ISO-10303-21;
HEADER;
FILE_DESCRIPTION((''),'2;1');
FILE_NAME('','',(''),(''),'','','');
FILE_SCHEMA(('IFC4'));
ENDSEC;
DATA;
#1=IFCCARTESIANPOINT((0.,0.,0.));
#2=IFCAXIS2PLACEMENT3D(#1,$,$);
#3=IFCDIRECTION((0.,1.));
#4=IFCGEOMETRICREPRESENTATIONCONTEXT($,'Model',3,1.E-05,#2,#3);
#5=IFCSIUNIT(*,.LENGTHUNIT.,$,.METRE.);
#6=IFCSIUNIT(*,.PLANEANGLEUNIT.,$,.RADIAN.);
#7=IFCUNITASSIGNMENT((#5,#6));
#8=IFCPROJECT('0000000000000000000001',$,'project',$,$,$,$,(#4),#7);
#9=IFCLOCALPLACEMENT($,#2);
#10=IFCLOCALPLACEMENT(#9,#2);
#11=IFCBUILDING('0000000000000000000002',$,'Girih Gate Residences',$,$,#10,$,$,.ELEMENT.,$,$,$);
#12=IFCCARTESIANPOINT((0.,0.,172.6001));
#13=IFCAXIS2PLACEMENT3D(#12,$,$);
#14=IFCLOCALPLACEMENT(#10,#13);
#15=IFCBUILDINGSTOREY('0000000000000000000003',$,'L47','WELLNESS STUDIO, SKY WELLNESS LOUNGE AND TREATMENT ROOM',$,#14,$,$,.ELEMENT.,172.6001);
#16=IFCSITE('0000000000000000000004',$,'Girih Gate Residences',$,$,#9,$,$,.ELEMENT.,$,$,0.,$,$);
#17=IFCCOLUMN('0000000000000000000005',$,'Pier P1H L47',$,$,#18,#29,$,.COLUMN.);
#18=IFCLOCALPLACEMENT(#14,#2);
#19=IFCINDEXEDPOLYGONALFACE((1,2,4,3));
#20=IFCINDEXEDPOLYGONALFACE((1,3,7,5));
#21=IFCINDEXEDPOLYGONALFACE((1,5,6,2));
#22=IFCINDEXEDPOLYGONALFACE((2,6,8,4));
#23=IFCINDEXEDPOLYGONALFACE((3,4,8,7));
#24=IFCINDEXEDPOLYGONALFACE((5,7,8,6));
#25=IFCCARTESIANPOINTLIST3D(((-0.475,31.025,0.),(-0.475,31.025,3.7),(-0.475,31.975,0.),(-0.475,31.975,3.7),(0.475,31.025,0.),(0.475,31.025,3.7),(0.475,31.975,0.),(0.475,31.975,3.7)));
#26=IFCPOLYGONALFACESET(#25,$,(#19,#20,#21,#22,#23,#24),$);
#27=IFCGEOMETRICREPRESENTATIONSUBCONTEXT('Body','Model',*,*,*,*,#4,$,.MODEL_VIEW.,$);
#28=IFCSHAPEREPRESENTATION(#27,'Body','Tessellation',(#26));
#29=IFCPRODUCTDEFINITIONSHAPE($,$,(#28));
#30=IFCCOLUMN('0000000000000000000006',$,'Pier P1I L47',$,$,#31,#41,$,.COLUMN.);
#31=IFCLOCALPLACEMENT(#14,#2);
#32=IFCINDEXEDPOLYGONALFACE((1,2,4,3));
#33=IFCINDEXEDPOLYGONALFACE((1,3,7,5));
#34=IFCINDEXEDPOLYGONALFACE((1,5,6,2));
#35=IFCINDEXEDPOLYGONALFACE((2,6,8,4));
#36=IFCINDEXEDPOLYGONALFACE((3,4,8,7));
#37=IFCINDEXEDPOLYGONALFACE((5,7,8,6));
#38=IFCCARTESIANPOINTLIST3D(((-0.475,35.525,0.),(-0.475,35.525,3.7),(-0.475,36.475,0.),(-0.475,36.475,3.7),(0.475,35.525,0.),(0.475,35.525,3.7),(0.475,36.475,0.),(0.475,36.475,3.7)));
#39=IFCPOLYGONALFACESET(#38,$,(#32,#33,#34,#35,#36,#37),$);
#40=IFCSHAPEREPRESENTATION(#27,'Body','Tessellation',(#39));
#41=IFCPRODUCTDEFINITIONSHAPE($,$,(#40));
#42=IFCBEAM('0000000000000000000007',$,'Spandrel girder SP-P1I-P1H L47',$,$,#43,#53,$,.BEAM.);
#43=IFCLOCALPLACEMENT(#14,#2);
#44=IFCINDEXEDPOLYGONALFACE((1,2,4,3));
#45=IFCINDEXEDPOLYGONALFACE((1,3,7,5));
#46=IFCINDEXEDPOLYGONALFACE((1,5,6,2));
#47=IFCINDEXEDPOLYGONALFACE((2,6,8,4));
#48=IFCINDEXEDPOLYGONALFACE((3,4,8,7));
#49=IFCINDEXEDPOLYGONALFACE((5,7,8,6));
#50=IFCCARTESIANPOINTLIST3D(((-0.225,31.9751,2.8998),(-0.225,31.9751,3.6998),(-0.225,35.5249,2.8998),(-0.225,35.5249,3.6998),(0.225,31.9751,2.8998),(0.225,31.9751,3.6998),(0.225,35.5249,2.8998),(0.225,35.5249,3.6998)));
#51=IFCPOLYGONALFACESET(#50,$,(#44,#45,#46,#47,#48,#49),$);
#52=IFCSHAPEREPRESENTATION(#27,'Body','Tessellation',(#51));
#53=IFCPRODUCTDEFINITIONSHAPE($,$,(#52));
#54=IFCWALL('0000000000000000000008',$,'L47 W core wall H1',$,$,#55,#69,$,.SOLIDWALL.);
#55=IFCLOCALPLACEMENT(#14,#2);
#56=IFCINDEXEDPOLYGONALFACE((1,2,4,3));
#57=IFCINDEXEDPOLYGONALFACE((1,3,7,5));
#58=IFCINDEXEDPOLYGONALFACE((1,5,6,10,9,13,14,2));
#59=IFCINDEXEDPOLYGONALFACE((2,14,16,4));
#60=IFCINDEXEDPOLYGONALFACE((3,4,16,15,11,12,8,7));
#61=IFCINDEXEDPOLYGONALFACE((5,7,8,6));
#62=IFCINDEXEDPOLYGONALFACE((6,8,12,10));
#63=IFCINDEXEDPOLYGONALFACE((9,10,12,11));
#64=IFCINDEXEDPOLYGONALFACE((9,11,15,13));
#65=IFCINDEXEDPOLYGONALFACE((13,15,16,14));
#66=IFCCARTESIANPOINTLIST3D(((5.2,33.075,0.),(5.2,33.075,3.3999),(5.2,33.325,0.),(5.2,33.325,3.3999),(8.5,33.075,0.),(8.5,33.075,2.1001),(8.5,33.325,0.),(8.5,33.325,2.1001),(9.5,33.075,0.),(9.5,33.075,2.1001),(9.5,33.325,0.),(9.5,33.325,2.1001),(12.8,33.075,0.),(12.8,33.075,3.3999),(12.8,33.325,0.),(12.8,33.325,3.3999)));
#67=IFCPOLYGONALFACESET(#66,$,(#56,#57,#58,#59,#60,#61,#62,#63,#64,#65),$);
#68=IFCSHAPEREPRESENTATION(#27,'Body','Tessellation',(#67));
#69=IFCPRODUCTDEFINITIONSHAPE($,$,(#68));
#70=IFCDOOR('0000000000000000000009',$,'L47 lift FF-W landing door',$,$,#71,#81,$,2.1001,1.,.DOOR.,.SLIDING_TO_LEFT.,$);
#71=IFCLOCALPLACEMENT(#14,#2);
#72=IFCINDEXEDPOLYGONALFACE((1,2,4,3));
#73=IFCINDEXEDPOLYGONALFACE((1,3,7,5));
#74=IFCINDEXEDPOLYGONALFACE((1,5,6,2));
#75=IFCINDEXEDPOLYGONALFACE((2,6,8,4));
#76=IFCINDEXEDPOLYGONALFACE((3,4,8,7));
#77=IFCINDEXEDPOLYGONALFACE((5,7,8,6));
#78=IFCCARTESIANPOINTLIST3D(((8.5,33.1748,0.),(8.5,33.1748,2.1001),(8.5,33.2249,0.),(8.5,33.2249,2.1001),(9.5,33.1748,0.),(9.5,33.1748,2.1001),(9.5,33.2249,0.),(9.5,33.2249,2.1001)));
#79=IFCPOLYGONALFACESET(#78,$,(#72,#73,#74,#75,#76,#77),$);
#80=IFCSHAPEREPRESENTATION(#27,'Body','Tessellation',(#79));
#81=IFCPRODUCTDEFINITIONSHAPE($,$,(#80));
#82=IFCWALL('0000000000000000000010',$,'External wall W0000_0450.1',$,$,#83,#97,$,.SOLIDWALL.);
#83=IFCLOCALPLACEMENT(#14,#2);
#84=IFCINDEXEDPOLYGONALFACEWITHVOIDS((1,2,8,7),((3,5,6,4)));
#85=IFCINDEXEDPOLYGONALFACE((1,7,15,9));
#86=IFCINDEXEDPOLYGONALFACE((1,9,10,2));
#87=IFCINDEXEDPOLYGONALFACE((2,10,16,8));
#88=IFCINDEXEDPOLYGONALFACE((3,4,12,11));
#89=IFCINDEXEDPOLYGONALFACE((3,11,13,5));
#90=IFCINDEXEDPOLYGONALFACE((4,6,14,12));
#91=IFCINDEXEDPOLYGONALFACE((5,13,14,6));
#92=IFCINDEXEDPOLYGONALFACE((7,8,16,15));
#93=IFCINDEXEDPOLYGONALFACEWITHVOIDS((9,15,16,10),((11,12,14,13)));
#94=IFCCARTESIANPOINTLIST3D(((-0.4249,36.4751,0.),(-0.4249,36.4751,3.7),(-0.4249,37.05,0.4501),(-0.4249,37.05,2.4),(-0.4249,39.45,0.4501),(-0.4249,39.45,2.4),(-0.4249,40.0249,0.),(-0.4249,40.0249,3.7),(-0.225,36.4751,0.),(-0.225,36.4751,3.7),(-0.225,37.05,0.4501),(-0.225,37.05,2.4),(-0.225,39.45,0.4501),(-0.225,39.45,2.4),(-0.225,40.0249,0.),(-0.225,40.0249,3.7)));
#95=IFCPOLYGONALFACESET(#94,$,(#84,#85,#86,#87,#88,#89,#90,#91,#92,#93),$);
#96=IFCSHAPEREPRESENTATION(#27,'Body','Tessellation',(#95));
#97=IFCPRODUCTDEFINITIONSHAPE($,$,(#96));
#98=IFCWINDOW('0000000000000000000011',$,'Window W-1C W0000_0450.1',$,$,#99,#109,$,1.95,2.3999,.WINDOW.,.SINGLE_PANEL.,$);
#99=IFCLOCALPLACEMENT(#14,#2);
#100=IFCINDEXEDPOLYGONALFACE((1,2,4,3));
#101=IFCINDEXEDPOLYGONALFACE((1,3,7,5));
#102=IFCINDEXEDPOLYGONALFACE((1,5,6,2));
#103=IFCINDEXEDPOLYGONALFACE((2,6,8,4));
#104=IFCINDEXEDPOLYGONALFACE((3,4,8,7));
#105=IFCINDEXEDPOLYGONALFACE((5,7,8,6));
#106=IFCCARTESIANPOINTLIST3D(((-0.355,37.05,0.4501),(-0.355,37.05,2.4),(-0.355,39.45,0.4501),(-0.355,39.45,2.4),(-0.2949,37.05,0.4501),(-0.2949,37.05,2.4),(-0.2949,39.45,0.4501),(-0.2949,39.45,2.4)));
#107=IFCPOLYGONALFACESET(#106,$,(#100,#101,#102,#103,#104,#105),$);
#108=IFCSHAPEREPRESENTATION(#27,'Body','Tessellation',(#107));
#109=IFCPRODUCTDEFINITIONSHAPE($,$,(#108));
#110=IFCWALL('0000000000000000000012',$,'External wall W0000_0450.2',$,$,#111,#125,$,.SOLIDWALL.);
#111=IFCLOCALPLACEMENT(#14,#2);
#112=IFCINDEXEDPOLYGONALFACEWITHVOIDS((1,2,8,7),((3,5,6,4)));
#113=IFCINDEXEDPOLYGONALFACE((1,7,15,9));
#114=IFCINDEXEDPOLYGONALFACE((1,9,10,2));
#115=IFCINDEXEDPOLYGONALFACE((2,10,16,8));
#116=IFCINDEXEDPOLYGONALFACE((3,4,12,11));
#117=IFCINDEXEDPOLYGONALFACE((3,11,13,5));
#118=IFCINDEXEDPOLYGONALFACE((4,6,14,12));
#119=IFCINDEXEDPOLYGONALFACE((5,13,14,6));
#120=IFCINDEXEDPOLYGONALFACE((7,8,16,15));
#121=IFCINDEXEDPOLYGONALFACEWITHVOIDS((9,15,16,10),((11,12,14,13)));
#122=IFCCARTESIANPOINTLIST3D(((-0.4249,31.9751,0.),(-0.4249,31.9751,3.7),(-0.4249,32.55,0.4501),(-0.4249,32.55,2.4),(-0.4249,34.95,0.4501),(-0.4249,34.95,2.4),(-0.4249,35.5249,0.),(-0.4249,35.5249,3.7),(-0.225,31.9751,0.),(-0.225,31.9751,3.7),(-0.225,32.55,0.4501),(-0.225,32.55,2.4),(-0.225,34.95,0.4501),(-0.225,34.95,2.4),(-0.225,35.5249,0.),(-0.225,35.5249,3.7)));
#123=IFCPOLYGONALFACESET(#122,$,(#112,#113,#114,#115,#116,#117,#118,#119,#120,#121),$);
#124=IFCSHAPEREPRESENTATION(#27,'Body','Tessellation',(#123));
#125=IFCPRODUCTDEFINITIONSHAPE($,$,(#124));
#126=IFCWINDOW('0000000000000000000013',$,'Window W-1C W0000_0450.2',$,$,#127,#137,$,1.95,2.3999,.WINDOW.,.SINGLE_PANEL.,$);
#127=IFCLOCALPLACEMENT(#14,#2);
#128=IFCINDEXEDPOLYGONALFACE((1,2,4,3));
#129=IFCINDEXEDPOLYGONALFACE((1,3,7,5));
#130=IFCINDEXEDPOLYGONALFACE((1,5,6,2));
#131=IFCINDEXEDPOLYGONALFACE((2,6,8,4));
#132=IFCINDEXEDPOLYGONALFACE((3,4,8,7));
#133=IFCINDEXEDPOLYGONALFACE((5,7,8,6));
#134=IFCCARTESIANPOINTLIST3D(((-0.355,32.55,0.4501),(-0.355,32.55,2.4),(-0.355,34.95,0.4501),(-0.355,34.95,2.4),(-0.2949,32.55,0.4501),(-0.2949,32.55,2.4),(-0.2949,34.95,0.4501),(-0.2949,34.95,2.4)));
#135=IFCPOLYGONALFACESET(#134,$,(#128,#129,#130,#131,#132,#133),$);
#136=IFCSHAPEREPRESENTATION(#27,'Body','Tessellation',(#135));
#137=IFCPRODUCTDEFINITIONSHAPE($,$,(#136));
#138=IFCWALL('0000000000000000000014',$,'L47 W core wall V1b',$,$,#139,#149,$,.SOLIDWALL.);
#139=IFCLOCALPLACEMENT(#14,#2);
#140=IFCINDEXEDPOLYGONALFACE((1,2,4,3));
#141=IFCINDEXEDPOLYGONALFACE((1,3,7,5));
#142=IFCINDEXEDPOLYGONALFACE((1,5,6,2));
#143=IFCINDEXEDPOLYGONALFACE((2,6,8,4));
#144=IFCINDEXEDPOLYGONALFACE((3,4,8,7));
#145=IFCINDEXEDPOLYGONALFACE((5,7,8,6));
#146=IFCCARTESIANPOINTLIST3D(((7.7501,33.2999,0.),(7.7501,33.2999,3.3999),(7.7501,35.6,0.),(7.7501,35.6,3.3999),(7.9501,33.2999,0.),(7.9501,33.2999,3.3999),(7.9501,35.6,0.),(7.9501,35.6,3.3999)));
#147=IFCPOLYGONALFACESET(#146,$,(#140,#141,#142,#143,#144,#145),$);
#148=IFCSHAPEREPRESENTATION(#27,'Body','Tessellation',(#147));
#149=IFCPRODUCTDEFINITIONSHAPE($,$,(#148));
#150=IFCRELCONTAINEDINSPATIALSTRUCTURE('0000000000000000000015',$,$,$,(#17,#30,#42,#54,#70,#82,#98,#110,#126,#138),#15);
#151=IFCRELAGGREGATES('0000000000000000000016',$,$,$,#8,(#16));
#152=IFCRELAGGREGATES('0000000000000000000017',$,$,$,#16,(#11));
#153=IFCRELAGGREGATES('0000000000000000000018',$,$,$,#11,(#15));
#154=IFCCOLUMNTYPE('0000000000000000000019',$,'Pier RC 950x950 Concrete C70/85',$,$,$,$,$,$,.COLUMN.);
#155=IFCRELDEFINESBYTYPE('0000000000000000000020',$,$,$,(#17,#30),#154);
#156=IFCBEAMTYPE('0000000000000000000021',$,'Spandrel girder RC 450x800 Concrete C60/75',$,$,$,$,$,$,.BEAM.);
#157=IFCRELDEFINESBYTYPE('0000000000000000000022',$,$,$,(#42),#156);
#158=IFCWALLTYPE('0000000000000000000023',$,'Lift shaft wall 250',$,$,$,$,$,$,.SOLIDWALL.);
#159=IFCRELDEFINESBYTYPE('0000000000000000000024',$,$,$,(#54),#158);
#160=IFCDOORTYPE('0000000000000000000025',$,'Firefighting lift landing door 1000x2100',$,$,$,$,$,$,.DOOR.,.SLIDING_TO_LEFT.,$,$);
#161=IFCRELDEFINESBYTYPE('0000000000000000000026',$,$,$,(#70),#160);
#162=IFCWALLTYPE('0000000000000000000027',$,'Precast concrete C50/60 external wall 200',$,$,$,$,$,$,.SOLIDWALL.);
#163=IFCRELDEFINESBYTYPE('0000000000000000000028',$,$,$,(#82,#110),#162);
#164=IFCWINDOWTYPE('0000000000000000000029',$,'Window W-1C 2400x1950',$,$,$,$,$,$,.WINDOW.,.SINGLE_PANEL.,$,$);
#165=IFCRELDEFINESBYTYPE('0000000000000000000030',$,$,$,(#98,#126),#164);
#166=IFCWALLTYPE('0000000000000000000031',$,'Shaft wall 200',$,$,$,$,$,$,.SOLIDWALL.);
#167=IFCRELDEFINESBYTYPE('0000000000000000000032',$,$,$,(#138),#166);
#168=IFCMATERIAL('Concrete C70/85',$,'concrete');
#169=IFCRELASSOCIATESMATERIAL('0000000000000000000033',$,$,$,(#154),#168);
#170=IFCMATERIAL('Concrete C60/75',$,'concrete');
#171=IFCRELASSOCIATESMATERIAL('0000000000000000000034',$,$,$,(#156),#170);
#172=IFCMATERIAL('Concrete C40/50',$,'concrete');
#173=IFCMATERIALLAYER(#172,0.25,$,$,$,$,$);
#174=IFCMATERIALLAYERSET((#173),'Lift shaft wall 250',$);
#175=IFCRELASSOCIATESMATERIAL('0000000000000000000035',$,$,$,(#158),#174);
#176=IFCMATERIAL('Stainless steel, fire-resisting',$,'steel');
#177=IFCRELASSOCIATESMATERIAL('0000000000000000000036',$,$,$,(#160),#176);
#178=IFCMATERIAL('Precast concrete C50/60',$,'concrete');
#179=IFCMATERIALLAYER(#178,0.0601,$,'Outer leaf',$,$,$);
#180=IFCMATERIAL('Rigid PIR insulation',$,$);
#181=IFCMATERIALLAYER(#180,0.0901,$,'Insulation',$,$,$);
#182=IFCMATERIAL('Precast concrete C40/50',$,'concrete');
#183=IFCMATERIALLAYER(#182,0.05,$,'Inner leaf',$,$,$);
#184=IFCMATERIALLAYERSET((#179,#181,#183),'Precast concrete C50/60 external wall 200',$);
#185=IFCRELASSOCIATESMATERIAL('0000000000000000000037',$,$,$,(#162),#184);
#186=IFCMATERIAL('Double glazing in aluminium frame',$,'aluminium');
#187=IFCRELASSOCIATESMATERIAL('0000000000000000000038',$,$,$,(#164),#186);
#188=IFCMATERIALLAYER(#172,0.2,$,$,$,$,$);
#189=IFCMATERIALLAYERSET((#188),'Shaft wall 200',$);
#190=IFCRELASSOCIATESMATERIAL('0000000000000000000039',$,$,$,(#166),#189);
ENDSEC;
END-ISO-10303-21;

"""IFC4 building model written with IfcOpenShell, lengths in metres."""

from ifc_helpers import new_model, si_unit, direction, frame, frame_2d, origin, origin_2d, place, context, subcontext, project, spatial, rectangle, extrude, material, layer, layer_set, material_profile, profile_set, type_object, element, fill, save


model = new_model("IFC4")

# Units and contexts
model_context = context("Model", 3, precision=1e-05, world=origin(), true_north=direction((0.0, 1.0)))
body_context = subcontext(model_context, "Body", "Model", "MODEL_VIEW")
ifc_project = project(units=[si_unit("LENGTHUNIT", "METRE"), si_unit("PLANEANGLEUNIT", "RADIAN")], contexts=[model_context])

# Site, building, storey
site_placement = place(None, origin())
site = spatial("IfcSite", under=ifc_project, at=site_placement, Name="Girih Gate Residences", CompositionType="ELEMENT", RefElevation=0.0)
building_placement = place(site_placement, origin())
building = spatial("IfcBuilding", under=site, at=building_placement, Name="Girih Gate Residences", CompositionType="ELEMENT")
storey_placement = place(building_placement, frame((0.0, 0.0, 172.6001)))
storey = spatial("IfcBuildingStorey", under=building, at=storey_placement, Name="L47", Description="WELLNESS STUDIO, SKY WELLNESS LOUNGE AND TREATMENT ROOM", CompositionType="ELEMENT", Elevation=172.6001)

# Columns
ifc_material_1 = material(Name="Concrete C70/85", Category="concrete")
ifc_material_profile_1 = material_profile(ifc_material_1, rectangle(XDim=0.95, YDim=0.95, at=origin_2d()))
ifc_profile_set_1 = profile_set([ifc_material_profile_1], Name="Concrete C70/85")
column_type = type_object("IfcColumnType", Name="Pier RC 950x950 Concrete C70/85", PredefinedType="COLUMN", material=ifc_profile_set_1)
for number, where, z_axis, x_axis, name in (
    (1, (0.0, 31.5, 0.0), (0.0, 0.0, 1.0), (1.0, 0.0, 0.0), "Pier P1H L47"),
    (2, (0.0, 36.0, 0.0), (0.0, 0.0, 1.0), (1.0, 0.0, 0.0), "Pier P1I L47"),
):
    element("IfcColumn", number, at=place(storey_placement, frame(where, z_axis=z_axis, x_axis=x_axis)), inside=storey, type_object=column_type, Name=name, PredefinedType="COLUMN", context=body_context, shape_type="SweptSolid", body=[
        extrude(rectangle(XDim=0.95, YDim=0.95, at=origin_2d()), origin(), (0.0, 0.0, 1.0), 3.7),
    ])

# Beam
ifc_material_2 = material(Name="Concrete C60/75", Category="concrete")
ifc_material_profile_2 = material_profile(ifc_material_2, rectangle(XDim=0.45, YDim=0.8, at=origin_2d()))
ifc_profile_set_2 = profile_set([ifc_material_profile_2], Name="Concrete C60/75")
beam_type = type_object("IfcBeamType", Name="Spandrel girder RC 450x800 Concrete C60/75", PredefinedType="BEAM", material=ifc_profile_set_2)
beam_placement = place(storey_placement, frame((0.0, 35.5249, 3.2998), z_axis=(0.0, -1.0, 0.0), x_axis=(1.0, 0.0, 0.0)))
element("IfcBeam", 3, at=beam_placement, inside=storey, type_object=beam_type, Name="Spandrel girder SP-P1I-P1H L47", PredefinedType="BEAM", context=body_context, shape_type="SweptSolid", body=[
    extrude(rectangle(XDim=0.45, YDim=0.8, at=origin_2d()), origin(), (0.0, 0.0, 1.0), 3.5498),
])

# Wall, opening, door
ifc_material_3 = material(Name="Concrete C40/50", Category="concrete")
ifc_layer_1 = layer(ifc_material_3, 0.25)
ifc_layer_set_1 = layer_set([ifc_layer_1], Name="Lift shaft wall 250")
wall_type_1 = type_object("IfcWallType", Name="Lift shaft wall 250", PredefinedType="SOLIDWALL", material=ifc_layer_set_1)
wall_1_placement = place(storey_placement, frame((5.2, 33.2, 0.0), z_axis=(0.0, 0.0, 1.0), x_axis=(1.0, 0.0, 0.0)))
wall_1 = element("IfcWall", 4, at=wall_1_placement, inside=storey, type_object=wall_type_1, Name="L47 W core wall H1", PredefinedType="SOLIDWALL", context=body_context, shape_type="SweptSolid", body=[
    extrude(rectangle(XDim=7.6001, YDim=0.25, at=frame_2d((3.8, 0.0))), origin(), (0.0, 0.0, 1.0), 3.3999),
])
opening_1_placement = place(wall_1_placement, frame((3.3, 0.0, 0.0)))
opening_1 = element("IfcOpeningElement", 5, at=opening_1_placement, cuts=wall_1, PredefinedType="OPENING", context=body_context, shape_type="SweptSolid", body=[
    extrude(rectangle(XDim=1.0, YDim=2.1001, at=frame_2d((0.5, 1.05))), frame((0.0, 0.135, 0.0), z_axis=(0.0, -1.0, 0.0), x_axis=(1.0, 0.0, 0.0)), (0.0, 0.0, 1.0), 0.27),
])
ifc_material_4 = material(Name="Stainless steel, fire-resisting", Category="steel")
door_type_1 = type_object("IfcDoorType", Name="Firefighting lift landing door 1000x2100", OperationType="SLIDING_TO_LEFT", PredefinedType="DOOR", material=ifc_material_4)
door_1_placement = place(opening_1_placement, origin())
door_1 = element("IfcDoor", 6, at=door_1_placement, inside=storey, type_object=door_type_1, Name="L47 lift FF-W landing door", OperationType="SLIDING_TO_LEFT", OverallHeight=2.1001, OverallWidth=1.0, PredefinedType="DOOR", context=body_context, shape_type="SweptSolid", body=[
    extrude(rectangle(XDim=1.0, YDim=2.1001, at=frame_2d((0.5, 1.05))), frame((0.0, 0.0249, 0.0), z_axis=(0.0, -1.0, 0.0), x_axis=(1.0, 0.0, 0.0)), (0.0, 0.0, 1.0), 0.05),
])
fill(opening_1, door_1)

# Walls, openings, windows
ifc_material_5 = material(Name="Precast concrete C50/60", Category="concrete")
ifc_layer_2 = layer(ifc_material_5, 0.0601, Name="Outer leaf")
ifc_material_6 = material(Name="Rigid PIR insulation")
ifc_layer_3 = layer(ifc_material_6, 0.0901, Name="Insulation")
ifc_material_7 = material(Name="Precast concrete C40/50", Category="concrete")
ifc_layer_4 = layer(ifc_material_7, 0.05, Name="Inner leaf")
ifc_layer_set_2 = layer_set([ifc_layer_2, ifc_layer_3, ifc_layer_4], Name="Precast concrete C50/60 external wall 200")
wall_type_2 = type_object("IfcWallType", Name="Precast concrete C50/60 external wall 200", PredefinedType="SOLIDWALL", material=ifc_layer_set_2)
wall_2_placement = place(storey_placement, frame((-0.325, 36.4751, 0.0), z_axis=(0.0, 0.0, 1.0), x_axis=(0.0, 1.0, 0.0)))
wall_2 = element("IfcWall", 7, at=wall_2_placement, inside=storey, type_object=wall_type_2, Name="External wall W0000_0450.1", PredefinedType="SOLIDWALL", context=body_context, shape_type="SweptSolid", body=[
    extrude(rectangle(XDim=3.5498, YDim=0.2, at=frame_2d((1.7749, 0.0))), origin(), (0.0, 0.0, 1.0), 3.7),
])
opening_2_placement = place(wall_2_placement, frame((0.575, 0.0, 0.45)))
opening_2 = element("IfcOpeningElement", 8, at=opening_2_placement, cuts=wall_2, PredefinedType="OPENING", context=body_context, shape_type="SweptSolid", body=[
    extrude(rectangle(XDim=2.3999, YDim=1.95, at=frame_2d((1.2, 0.9751))), frame((0.0, 0.1099, 0.0), z_axis=(0.0, -1.0, 0.0), x_axis=(1.0, 0.0, 0.0)), (0.0, 0.0, 1.0), 0.22),
])
ifc_material_8 = material(Name="Double glazing in aluminium frame", Category="aluminium")
window_type = type_object("IfcWindowType", Name="Window W-1C 2400x1950", PartitioningType="SINGLE_PANEL", PredefinedType="WINDOW", material=ifc_material_8)
window_1_placement = place(opening_2_placement, origin())
window_1 = element("IfcWindow", 9, at=window_1_placement, inside=storey, type_object=window_type, Name="Window W-1C W0000_0450.1", OverallHeight=1.95, OverallWidth=2.3999, PartitioningType="SINGLE_PANEL", PredefinedType="WINDOW", context=body_context, shape_type="SweptSolid", body=[
    extrude(rectangle(XDim=2.3999, YDim=1.95, at=frame_2d((1.2, 0.9751))), frame((0.0, 0.03, 0.0), z_axis=(0.0, -1.0, 0.0), x_axis=(1.0, 0.0, 0.0)), (0.0, 0.0, 1.0), 0.0601),
])
fill(opening_2, window_1)
wall_3_placement = place(storey_placement, frame((-0.325, 31.9751, 0.0), z_axis=(0.0, 0.0, 1.0), x_axis=(0.0, 1.0, 0.0)))
wall_3 = element("IfcWall", 10, at=wall_3_placement, inside=storey, type_object=wall_type_2, Name="External wall W0000_0450.2", PredefinedType="SOLIDWALL", context=body_context, shape_type="SweptSolid", body=[
    extrude(rectangle(XDim=3.5498, YDim=0.2, at=frame_2d((1.7749, 0.0))), origin(), (0.0, 0.0, 1.0), 3.7),
])
opening_3_placement = place(wall_3_placement, frame((0.575, 0.0, 0.45)))
opening_3 = element("IfcOpeningElement", 11, at=opening_3_placement, cuts=wall_3, PredefinedType="OPENING", context=body_context, shape_type="SweptSolid", body=[
    extrude(rectangle(XDim=2.3999, YDim=1.95, at=frame_2d((1.2, 0.9751))), frame((0.0, 0.1099, 0.0), z_axis=(0.0, -1.0, 0.0), x_axis=(1.0, 0.0, 0.0)), (0.0, 0.0, 1.0), 0.22),
])
window_2_placement = place(opening_3_placement, origin())
window_2 = element("IfcWindow", 12, at=window_2_placement, inside=storey, type_object=window_type, Name="Window W-1C W0000_0450.2", OverallHeight=1.95, OverallWidth=2.3999, PartitioningType="SINGLE_PANEL", PredefinedType="WINDOW", context=body_context, shape_type="SweptSolid", body=[
    extrude(rectangle(XDim=2.3999, YDim=1.95, at=frame_2d((1.2, 0.9751))), frame((0.0, 0.03, 0.0), z_axis=(0.0, -1.0, 0.0), x_axis=(1.0, 0.0, 0.0)), (0.0, 0.0, 1.0), 0.0601),
])
fill(opening_3, window_2)

# Wall
ifc_layer_5 = layer(ifc_material_3, 0.2)
ifc_layer_set_3 = layer_set([ifc_layer_5], Name="Shaft wall 200")
wall_type_3 = type_object("IfcWallType", Name="Shaft wall 200", PredefinedType="SOLIDWALL", material=ifc_layer_set_3)
wall_4_placement = place(storey_placement, frame((7.8501, 33.3, 0.0), z_axis=(0.0, 0.0, 1.0), x_axis=(0.0, 1.0, 0.0)))
element("IfcWall", 13, at=wall_4_placement, inside=storey, type_object=wall_type_3, Name="L47 W core wall V1b", PredefinedType="SOLIDWALL", context=body_context, shape_type="SweptSolid", body=[
    extrude(rectangle(XDim=2.3, YDim=0.2, at=frame_2d((1.1499, 0.0))), origin(), (0.0, 0.0, 1.0), 3.3999),
])

save(model, "model.ifc")
